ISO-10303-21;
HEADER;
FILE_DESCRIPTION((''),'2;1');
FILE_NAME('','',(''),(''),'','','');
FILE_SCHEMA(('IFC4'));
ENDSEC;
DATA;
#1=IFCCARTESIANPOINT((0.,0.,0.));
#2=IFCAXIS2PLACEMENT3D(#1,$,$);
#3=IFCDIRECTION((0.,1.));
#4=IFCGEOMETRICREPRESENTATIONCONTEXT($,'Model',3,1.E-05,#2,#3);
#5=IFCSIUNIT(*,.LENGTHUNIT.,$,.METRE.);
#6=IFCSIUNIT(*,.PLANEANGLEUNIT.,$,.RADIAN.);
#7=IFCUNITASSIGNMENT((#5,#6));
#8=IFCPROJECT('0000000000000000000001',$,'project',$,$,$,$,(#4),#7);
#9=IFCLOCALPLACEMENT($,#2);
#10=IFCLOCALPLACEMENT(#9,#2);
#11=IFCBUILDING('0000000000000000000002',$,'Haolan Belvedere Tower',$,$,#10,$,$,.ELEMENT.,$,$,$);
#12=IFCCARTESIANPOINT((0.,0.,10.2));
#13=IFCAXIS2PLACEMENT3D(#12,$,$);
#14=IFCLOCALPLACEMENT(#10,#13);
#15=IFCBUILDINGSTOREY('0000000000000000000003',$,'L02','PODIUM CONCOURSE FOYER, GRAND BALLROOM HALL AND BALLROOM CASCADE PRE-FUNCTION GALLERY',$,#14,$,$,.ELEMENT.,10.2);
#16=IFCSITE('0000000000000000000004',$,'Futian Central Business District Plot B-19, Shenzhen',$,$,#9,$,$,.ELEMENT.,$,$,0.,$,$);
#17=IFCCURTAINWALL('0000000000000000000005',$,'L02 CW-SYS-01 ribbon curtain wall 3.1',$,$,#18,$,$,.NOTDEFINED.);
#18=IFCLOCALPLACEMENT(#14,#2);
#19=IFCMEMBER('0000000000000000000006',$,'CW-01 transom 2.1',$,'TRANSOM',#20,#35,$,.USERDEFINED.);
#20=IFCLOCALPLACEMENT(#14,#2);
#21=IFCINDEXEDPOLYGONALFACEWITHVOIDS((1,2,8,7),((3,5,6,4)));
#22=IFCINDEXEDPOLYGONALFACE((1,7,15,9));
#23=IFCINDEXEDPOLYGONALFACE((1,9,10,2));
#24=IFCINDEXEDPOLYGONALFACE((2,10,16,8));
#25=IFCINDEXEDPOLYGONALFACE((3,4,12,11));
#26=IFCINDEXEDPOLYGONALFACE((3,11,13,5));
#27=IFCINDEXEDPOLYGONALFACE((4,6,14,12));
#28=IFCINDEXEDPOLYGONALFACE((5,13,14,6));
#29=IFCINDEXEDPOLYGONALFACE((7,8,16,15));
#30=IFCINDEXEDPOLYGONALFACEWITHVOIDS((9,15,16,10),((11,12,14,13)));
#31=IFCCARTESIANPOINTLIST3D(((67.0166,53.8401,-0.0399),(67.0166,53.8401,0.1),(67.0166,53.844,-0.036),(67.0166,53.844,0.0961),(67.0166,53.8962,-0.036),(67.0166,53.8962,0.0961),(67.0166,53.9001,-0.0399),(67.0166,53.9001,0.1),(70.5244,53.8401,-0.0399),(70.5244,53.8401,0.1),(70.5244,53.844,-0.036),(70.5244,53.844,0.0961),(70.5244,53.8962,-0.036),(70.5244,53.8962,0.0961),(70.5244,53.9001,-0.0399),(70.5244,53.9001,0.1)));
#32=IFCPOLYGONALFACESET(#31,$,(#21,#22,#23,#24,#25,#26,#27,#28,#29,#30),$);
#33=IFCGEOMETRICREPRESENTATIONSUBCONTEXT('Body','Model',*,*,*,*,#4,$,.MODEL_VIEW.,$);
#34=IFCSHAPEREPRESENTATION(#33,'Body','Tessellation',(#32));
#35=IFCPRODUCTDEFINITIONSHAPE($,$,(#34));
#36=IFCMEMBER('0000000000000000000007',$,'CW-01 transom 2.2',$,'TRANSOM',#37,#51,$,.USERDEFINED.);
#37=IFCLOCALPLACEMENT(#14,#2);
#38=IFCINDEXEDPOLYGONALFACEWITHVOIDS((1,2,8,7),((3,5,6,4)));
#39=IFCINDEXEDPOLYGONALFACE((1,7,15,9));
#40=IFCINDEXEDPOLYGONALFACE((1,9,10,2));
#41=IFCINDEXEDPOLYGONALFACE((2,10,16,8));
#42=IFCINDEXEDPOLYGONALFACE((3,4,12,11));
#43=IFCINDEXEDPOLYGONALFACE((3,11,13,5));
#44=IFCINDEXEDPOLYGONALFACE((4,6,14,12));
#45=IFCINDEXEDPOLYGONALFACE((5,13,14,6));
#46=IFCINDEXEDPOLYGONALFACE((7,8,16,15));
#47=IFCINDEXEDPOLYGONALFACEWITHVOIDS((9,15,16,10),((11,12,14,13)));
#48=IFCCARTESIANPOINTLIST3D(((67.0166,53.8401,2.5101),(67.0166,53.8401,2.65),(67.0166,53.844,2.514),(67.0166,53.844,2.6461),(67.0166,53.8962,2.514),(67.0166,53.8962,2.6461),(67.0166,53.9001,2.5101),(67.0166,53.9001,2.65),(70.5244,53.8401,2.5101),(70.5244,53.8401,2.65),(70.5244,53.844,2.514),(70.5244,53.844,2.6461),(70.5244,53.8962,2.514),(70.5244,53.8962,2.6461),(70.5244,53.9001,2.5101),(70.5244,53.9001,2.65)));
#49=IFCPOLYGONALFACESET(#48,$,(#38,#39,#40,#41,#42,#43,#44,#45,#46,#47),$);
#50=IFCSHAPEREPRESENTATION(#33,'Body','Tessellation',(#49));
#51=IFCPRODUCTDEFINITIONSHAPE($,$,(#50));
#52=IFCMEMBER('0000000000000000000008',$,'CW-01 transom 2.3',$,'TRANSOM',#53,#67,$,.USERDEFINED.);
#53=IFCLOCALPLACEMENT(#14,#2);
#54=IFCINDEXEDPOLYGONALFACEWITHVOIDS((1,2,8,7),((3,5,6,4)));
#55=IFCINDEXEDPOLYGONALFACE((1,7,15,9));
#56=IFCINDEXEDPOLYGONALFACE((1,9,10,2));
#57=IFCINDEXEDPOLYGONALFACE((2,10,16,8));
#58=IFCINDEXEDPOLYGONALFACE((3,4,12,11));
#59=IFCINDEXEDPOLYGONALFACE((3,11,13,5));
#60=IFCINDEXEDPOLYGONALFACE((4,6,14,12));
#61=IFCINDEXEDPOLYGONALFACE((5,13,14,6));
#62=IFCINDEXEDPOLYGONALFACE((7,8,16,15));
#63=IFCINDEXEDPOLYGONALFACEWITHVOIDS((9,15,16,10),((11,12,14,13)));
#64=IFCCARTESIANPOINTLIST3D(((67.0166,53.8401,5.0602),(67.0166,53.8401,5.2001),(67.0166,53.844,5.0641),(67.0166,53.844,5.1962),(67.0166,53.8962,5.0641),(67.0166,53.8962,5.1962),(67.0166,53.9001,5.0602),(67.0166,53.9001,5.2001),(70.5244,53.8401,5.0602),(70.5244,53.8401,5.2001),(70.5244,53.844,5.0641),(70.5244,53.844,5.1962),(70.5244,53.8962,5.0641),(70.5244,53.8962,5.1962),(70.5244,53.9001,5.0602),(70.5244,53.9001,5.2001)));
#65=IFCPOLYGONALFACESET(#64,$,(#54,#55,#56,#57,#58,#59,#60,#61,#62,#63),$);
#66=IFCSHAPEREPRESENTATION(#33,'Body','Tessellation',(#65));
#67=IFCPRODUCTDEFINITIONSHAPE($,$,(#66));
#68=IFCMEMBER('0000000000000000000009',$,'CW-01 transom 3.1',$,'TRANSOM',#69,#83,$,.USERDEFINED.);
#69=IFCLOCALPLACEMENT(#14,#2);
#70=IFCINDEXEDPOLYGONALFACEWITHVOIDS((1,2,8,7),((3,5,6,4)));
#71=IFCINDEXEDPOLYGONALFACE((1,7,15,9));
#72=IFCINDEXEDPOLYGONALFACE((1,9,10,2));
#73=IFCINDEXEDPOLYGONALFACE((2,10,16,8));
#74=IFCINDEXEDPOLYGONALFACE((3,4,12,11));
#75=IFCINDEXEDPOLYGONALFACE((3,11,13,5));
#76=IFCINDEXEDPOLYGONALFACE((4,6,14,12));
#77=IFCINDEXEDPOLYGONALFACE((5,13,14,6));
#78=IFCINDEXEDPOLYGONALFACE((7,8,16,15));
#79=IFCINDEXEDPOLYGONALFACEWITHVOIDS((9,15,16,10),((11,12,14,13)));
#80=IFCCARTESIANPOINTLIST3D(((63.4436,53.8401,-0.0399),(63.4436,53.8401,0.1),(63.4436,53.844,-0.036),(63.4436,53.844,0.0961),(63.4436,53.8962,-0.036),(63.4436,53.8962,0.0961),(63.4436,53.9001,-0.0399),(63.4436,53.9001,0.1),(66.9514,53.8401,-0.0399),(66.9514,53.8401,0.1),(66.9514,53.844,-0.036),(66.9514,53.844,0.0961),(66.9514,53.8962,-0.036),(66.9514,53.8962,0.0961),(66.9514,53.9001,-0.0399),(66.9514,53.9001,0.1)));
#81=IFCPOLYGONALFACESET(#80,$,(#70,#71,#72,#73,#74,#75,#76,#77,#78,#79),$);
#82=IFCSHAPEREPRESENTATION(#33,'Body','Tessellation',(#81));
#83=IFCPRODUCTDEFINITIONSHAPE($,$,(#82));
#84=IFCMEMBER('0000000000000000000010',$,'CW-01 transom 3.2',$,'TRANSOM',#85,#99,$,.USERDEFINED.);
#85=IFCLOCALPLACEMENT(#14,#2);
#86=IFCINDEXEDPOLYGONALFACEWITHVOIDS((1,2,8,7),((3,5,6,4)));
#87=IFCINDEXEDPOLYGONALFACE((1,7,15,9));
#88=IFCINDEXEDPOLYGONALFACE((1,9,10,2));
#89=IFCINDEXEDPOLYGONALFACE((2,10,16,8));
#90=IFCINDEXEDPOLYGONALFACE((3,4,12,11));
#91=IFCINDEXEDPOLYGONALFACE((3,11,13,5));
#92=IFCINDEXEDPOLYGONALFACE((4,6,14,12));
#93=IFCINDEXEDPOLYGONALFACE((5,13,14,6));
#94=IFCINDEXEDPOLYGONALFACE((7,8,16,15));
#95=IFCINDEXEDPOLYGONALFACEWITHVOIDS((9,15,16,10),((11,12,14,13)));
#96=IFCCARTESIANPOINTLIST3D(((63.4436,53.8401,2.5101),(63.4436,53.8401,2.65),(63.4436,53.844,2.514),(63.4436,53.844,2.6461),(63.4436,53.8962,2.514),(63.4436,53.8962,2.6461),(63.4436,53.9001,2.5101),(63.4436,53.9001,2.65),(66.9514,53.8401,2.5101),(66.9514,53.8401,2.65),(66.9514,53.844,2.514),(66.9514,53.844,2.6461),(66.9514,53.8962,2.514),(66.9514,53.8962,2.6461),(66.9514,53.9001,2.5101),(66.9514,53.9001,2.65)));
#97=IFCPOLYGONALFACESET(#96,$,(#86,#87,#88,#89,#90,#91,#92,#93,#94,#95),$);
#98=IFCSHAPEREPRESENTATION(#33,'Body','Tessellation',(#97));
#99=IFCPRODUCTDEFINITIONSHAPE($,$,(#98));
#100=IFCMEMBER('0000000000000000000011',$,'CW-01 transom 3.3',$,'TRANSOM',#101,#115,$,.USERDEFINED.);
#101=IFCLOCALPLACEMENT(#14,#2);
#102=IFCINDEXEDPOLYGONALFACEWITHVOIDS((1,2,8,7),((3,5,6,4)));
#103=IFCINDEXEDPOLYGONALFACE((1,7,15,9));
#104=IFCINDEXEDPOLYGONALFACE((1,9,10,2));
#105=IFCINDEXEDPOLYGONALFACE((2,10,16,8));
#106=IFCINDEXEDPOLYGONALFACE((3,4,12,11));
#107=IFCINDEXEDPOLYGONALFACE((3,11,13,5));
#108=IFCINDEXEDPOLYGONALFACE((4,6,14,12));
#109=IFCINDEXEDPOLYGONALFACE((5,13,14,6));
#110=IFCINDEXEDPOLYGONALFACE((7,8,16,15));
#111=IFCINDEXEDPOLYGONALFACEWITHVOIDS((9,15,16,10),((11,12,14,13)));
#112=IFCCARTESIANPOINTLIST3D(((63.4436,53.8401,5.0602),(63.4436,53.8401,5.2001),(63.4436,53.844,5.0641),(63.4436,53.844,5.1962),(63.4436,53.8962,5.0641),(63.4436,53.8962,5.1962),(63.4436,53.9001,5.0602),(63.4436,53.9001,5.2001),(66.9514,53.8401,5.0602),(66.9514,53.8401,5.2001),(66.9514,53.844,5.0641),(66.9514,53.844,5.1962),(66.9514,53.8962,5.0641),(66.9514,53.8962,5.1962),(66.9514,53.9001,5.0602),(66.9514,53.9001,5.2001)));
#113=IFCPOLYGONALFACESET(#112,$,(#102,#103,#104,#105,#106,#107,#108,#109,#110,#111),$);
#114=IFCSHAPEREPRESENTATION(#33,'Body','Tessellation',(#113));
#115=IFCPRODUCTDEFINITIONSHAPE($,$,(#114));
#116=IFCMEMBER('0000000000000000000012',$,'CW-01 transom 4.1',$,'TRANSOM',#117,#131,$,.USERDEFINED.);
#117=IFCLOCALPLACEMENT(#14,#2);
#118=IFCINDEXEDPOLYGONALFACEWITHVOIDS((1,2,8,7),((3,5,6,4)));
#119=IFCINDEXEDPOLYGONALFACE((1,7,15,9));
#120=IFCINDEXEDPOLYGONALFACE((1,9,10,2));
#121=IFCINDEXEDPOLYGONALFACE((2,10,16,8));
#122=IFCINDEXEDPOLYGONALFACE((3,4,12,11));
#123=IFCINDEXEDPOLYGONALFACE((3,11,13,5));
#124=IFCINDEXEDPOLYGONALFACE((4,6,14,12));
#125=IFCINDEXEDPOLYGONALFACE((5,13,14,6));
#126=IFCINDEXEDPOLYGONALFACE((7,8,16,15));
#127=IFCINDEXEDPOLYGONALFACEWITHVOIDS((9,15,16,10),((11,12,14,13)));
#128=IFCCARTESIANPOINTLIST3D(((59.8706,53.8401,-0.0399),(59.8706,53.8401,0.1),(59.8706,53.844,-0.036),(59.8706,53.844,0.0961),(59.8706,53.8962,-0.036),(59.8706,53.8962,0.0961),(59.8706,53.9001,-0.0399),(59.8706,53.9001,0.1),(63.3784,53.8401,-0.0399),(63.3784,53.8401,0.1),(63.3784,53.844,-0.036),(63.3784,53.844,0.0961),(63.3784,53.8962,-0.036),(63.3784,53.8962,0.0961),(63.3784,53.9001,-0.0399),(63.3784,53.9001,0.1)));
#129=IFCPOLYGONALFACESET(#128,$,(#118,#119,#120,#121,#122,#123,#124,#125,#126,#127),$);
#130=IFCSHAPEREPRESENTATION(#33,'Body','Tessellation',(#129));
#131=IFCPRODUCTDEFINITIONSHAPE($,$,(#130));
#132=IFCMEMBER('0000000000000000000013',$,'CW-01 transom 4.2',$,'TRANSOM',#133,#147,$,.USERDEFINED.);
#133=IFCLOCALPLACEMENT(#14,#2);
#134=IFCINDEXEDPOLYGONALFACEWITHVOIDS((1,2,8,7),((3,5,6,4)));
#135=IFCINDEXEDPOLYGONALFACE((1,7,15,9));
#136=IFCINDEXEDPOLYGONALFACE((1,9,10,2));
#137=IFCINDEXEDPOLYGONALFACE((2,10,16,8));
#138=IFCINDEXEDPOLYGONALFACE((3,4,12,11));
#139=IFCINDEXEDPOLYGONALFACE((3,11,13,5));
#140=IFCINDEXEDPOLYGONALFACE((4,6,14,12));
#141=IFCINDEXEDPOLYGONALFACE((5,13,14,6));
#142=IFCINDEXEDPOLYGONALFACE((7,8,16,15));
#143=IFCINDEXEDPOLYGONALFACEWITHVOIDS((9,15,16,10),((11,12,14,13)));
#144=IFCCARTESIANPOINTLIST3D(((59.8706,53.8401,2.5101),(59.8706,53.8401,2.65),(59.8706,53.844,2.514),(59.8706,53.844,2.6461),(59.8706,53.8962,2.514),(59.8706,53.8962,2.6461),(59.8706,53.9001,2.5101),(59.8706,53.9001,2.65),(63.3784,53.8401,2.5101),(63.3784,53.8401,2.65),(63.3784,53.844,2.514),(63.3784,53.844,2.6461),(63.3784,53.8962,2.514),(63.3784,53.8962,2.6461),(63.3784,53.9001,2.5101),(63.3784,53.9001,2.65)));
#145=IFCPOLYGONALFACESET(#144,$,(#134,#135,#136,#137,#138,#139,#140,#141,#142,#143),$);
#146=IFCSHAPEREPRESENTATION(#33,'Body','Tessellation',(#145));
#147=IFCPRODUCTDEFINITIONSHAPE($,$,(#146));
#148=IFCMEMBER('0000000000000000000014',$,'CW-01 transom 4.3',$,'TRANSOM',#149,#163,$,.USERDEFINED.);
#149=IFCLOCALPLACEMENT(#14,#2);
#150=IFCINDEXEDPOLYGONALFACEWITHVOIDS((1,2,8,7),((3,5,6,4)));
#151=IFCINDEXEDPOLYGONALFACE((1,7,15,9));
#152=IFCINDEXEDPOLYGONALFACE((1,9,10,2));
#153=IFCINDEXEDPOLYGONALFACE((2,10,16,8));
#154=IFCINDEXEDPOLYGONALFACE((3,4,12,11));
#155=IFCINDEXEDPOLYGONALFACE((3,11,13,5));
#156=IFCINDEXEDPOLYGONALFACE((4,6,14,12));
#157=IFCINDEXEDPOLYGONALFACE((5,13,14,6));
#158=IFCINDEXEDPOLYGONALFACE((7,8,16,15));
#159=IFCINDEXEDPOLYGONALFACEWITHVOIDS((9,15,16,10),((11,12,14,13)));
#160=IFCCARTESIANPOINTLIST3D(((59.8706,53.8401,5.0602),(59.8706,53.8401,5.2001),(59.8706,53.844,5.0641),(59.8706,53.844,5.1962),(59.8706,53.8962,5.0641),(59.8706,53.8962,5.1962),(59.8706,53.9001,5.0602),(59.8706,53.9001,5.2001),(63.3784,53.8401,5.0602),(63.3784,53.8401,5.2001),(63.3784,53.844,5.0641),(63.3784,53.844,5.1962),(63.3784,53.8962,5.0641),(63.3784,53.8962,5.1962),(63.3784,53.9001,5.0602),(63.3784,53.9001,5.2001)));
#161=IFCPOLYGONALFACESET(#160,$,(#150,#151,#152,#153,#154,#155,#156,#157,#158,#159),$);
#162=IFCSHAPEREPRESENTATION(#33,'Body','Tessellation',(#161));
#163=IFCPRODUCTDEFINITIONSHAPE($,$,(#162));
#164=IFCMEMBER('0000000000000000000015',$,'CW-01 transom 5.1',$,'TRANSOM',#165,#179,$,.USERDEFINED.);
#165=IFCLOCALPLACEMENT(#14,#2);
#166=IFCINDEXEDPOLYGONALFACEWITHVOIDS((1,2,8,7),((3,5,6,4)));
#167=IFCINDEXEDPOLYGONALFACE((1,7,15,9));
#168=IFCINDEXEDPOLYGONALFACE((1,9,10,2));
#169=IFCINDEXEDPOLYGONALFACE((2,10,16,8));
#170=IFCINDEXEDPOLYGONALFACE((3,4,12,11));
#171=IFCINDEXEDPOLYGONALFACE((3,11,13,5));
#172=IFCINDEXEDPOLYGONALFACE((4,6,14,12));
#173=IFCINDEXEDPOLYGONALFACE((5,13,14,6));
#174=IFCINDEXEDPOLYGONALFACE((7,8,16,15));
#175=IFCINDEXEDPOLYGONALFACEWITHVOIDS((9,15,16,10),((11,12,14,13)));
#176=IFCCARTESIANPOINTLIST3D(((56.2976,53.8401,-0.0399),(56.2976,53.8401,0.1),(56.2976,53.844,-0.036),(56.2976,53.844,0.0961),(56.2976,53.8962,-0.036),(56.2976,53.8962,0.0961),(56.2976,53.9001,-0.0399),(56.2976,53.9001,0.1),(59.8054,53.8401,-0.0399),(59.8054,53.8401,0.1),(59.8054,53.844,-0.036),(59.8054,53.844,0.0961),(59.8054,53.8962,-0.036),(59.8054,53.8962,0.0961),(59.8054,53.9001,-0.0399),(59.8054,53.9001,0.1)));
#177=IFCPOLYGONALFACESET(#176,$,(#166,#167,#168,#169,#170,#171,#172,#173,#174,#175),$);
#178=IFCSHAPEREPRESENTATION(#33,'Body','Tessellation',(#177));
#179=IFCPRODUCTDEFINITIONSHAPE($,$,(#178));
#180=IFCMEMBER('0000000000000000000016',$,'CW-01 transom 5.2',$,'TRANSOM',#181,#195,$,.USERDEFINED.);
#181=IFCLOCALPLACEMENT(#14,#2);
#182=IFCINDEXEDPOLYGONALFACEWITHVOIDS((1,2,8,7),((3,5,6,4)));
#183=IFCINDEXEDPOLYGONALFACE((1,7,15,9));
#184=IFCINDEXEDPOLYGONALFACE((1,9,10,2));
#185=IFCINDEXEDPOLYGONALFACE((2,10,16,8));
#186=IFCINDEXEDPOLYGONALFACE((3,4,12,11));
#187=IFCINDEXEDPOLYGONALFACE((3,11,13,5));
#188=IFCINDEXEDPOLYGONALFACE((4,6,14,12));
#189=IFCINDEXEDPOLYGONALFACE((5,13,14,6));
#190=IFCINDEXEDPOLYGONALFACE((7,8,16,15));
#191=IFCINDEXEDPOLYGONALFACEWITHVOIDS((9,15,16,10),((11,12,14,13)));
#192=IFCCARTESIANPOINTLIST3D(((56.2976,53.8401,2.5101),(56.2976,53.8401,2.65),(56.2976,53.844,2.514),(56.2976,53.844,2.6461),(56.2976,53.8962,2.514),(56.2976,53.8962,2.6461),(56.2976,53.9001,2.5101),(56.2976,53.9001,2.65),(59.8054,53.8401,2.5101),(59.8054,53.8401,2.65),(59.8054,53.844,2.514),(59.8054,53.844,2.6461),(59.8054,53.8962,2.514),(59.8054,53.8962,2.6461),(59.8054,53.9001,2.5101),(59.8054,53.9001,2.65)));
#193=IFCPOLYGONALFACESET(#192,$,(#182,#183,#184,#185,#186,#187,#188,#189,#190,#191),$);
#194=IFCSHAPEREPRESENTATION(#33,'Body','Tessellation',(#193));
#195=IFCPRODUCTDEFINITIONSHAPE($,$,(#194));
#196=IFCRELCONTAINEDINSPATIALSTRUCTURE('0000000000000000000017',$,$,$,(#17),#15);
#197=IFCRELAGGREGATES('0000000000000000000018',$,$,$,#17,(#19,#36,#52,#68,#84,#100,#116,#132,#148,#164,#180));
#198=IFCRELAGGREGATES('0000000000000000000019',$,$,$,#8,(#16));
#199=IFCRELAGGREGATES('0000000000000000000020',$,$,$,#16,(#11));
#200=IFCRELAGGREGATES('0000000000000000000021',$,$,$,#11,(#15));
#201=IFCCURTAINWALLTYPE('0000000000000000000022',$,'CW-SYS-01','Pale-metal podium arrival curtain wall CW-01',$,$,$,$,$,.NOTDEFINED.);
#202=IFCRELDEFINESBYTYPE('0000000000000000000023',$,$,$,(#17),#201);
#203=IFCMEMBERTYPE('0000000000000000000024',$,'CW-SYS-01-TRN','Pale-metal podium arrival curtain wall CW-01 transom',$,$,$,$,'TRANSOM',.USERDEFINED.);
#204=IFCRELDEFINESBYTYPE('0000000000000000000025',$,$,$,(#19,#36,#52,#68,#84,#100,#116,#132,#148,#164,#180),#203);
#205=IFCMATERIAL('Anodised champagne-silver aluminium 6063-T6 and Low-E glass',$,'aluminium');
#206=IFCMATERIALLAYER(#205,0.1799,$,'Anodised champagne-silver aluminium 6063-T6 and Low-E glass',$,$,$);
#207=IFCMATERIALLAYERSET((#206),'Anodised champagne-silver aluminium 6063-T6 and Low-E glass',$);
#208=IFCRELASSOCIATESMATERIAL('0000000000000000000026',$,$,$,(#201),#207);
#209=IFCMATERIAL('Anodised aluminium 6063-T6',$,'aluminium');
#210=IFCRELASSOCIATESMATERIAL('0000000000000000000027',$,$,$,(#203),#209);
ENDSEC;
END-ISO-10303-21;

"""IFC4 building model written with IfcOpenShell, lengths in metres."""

from ifc_helpers import new_model, si_unit, direction, frame, origin, origin_2d, place, context, subcontext, project, spatial, hollow_rectangle, extrude, material, layer, layer_set, material_profile, profile_set, type_object, element, aggregate, save


model = new_model("IFC4")

# Units and contexts
model_context = context("Model", 3, precision=1e-05, world=origin(), true_north=direction((0.0, 1.0)))
body_context = subcontext(model_context, "Body", "Model", "MODEL_VIEW")
ifc_project = project(units=[si_unit("LENGTHUNIT", "METRE"), si_unit("PLANEANGLEUNIT", "RADIAN")], contexts=[model_context])

# Site, building, storey
site_placement = place(None, origin())
site = spatial("IfcSite", under=ifc_project, at=site_placement, Name="Futian Central Business District Plot B-19, Shenzhen", CompositionType="ELEMENT", RefElevation=0.0)
building_placement = place(site_placement, origin())
building = spatial("IfcBuilding", under=site, at=building_placement, Name="Haolan Belvedere Tower", CompositionType="ELEMENT")
storey_placement = place(building_placement, frame((0.0, 0.0, 10.2)))
storey = spatial("IfcBuildingStorey", under=building, at=storey_placement, Name="L02", Description="PODIUM CONCOURSE FOYER, GRAND BALLROOM HALL AND BALLROOM CASCADE PRE-FUNCTION GALLERY", CompositionType="ELEMENT", Elevation=10.2)

# Curtain wall, members
ifc_material_1 = material(Name="Anodised champagne-silver aluminium 6063-T6 and Low-E glass", Category="aluminium")
ifc_layer_1 = layer(ifc_material_1, 0.1799, Name="Anodised champagne-silver aluminium 6063-T6 and Low-E glass")
ifc_layer_set_1 = layer_set([ifc_layer_1], Name="Anodised champagne-silver aluminium 6063-T6 and Low-E glass")
curtain_wall_type = type_object("IfcCurtainWallType", Name="CW-SYS-01", Description="Pale-metal podium arrival curtain wall CW-01", PredefinedType="NOTDEFINED", material=ifc_layer_set_1)
curtain_wall_placement = place(storey_placement, origin())
curtain_wall = element("IfcCurtainWall", 1, at=curtain_wall_placement, inside=storey, type_object=curtain_wall_type, Name="L02 CW-SYS-01 ribbon curtain wall 3.1", PredefinedType="NOTDEFINED")
ifc_material_2 = material(Name="Anodised aluminium 6063-T6", Category="aluminium")
ifc_material_profile_1 = material_profile(ifc_material_2, hollow_rectangle(XDim=0.0601, YDim=0.1399, WallThickness=0.0039, at=origin_2d()), Name="Anodised aluminium 6063-T6")
ifc_profile_set_1 = profile_set([ifc_material_profile_1], Name="Anodised aluminium 6063-T6")
member_type_1 = type_object("IfcMemberType", Name="CW-SYS-01-TRN", Description="Pale-metal podium arrival curtain wall CW-01 transom", ElementType="TRANSOM", PredefinedType="USERDEFINED", material=ifc_profile_set_1)
member_1_placement = place(storey_placement, frame((70.5244, 53.8701, 0.03), z_axis=(-1.0, 0.0, 0.0), x_axis=(0.0, -1.0, 0.0)))
member_1 = element("IfcMember", 2, at=member_1_placement, type_object=member_type_1, Name="CW-01 transom 2.1", ObjectType="TRANSOM", PredefinedType="USERDEFINED", context=body_context, shape_type="SweptSolid", body=[
    extrude(hollow_rectangle(XDim=0.0601, YDim=0.1399, WallThickness=0.0039, at=origin_2d()), origin(), (0.0, 0.0, 1.0), 3.5078),
])
member_2_placement = place(storey_placement, frame((70.5244, 53.8701, 2.5801), z_axis=(-1.0, 0.0, 0.0), x_axis=(0.0, -1.0, 0.0)))
member_2 = element("IfcMember", 3, at=member_2_placement, type_object=member_type_1, Name="CW-01 transom 2.2", ObjectType="TRANSOM", PredefinedType="USERDEFINED", context=body_context, shape_type="SweptSolid", body=[
    extrude(hollow_rectangle(XDim=0.0601, YDim=0.1399, WallThickness=0.0039, at=origin_2d()), origin(), (0.0, 0.0, 1.0), 3.5078),
])
member_3_placement = place(storey_placement, frame((70.5244, 53.8701, 5.1301), z_axis=(-1.0, 0.0, 0.0), x_axis=(0.0, -1.0, 0.0)))
member_3 = element("IfcMember", 4, at=member_3_placement, type_object=member_type_1, Name="CW-01 transom 2.3", ObjectType="TRANSOM", PredefinedType="USERDEFINED", context=body_context, shape_type="SweptSolid", body=[
    extrude(hollow_rectangle(XDim=0.0601, YDim=0.1399, WallThickness=0.0039, at=origin_2d()), origin(), (0.0, 0.0, 1.0), 3.5078),
])
member_4_placement = place(storey_placement, frame((66.9514, 53.8701, 0.03), z_axis=(-1.0, 0.0, 0.0), x_axis=(0.0, -1.0, 0.0)))
member_4 = element("IfcMember", 5, at=member_4_placement, type_object=member_type_1, Name="CW-01 transom 3.1", ObjectType="TRANSOM", PredefinedType="USERDEFINED", context=body_context, shape_type="SweptSolid", body=[
    extrude(hollow_rectangle(XDim=0.0601, YDim=0.1399, WallThickness=0.0039, at=origin_2d()), origin(), (0.0, 0.0, 1.0), 3.5078),
])
member_5_placement = place(storey_placement, frame((66.9514, 53.8701, 2.5801), z_axis=(-1.0, 0.0, 0.0), x_axis=(0.0, -1.0, 0.0)))
member_5 = element("IfcMember", 6, at=member_5_placement, type_object=member_type_1, Name="CW-01 transom 3.2", ObjectType="TRANSOM", PredefinedType="USERDEFINED", context=body_context, shape_type="SweptSolid", body=[
    extrude(hollow_rectangle(XDim=0.0601, YDim=0.1399, WallThickness=0.0039, at=origin_2d()), origin(), (0.0, 0.0, 1.0), 3.5078),
])
member_6_placement = place(storey_placement, frame((66.9514, 53.8701, 5.1301), z_axis=(-1.0, 0.0, 0.0), x_axis=(0.0, -1.0, 0.0)))
member_6 = element("IfcMember", 7, at=member_6_placement, type_object=member_type_1, Name="CW-01 transom 3.3", ObjectType="TRANSOM", PredefinedType="USERDEFINED", context=body_context, shape_type="SweptSolid", body=[
    extrude(hollow_rectangle(XDim=0.0601, YDim=0.1399, WallThickness=0.0039, at=origin_2d()), origin(), (0.0, 0.0, 1.0), 3.5078),
])
member_7_placement = place(storey_placement, frame((63.3784, 53.8701, 0.03), z_axis=(-1.0, 0.0, 0.0), x_axis=(0.0, -1.0, 0.0)))
member_7 = element("IfcMember", 8, at=member_7_placement, type_object=member_type_1, Name="CW-01 transom 4.1", ObjectType="TRANSOM", PredefinedType="USERDEFINED", context=body_context, shape_type="SweptSolid", body=[
    extrude(hollow_rectangle(XDim=0.0601, YDim=0.1399, WallThickness=0.0039, at=origin_2d()), origin(), (0.0, 0.0, 1.0), 3.5078),
])
member_8_placement = place(storey_placement, frame((63.3784, 53.8701, 2.5801), z_axis=(-1.0, 0.0, 0.0), x_axis=(0.0, -1.0, 0.0)))
member_8 = element("IfcMember", 9, at=member_8_placement, type_object=member_type_1, Name="CW-01 transom 4.2", ObjectType="TRANSOM", PredefinedType="USERDEFINED", context=body_context, shape_type="SweptSolid", body=[
    extrude(hollow_rectangle(XDim=0.0601, YDim=0.1399, WallThickness=0.0039, at=origin_2d()), origin(), (0.0, 0.0, 1.0), 3.5078),
])
member_9_placement = place(storey_placement, frame((63.3784, 53.8701, 5.1301), z_axis=(-1.0, 0.0, 0.0), x_axis=(0.0, -1.0, 0.0)))
member_9 = element("IfcMember", 10, at=member_9_placement, type_object=member_type_1, Name="CW-01 transom 4.3", ObjectType="TRANSOM", PredefinedType="USERDEFINED", context=body_context, shape_type="SweptSolid", body=[
    extrude(hollow_rectangle(XDim=0.0601, YDim=0.1399, WallThickness=0.0039, at=origin_2d()), origin(), (0.0, 0.0, 1.0), 3.5078),
])
member_10_placement = place(storey_placement, frame((59.8054, 53.8701, 0.03), z_axis=(-1.0, 0.0, 0.0), x_axis=(0.0, -1.0, 0.0)))
member_10 = element("IfcMember", 11, at=member_10_placement, type_object=member_type_1, Name="CW-01 transom 5.1", ObjectType="TRANSOM", PredefinedType="USERDEFINED", context=body_context, shape_type="SweptSolid", body=[
    extrude(hollow_rectangle(XDim=0.0601, YDim=0.1399, WallThickness=0.0039, at=origin_2d()), origin(), (0.0, 0.0, 1.0), 3.5078),
])
member_11_placement = place(storey_placement, frame((59.8054, 53.8701, 2.5801), z_axis=(-1.0, 0.0, 0.0), x_axis=(0.0, -1.0, 0.0)))
member_11 = element("IfcMember", 12, at=member_11_placement, type_object=member_type_1, Name="CW-01 transom 5.2", ObjectType="TRANSOM", PredefinedType="USERDEFINED", context=body_context, shape_type="SweptSolid", body=[
    extrude(hollow_rectangle(XDim=0.0601, YDim=0.1399, WallThickness=0.0039, at=origin_2d()), origin(), (0.0, 0.0, 1.0), 3.5078),
])
aggregate(curtain_wall, [member_1, member_2, member_3, member_4, member_5, member_6, member_7, member_8, member_9, member_10, member_11])

save(model, "model.ifc")
